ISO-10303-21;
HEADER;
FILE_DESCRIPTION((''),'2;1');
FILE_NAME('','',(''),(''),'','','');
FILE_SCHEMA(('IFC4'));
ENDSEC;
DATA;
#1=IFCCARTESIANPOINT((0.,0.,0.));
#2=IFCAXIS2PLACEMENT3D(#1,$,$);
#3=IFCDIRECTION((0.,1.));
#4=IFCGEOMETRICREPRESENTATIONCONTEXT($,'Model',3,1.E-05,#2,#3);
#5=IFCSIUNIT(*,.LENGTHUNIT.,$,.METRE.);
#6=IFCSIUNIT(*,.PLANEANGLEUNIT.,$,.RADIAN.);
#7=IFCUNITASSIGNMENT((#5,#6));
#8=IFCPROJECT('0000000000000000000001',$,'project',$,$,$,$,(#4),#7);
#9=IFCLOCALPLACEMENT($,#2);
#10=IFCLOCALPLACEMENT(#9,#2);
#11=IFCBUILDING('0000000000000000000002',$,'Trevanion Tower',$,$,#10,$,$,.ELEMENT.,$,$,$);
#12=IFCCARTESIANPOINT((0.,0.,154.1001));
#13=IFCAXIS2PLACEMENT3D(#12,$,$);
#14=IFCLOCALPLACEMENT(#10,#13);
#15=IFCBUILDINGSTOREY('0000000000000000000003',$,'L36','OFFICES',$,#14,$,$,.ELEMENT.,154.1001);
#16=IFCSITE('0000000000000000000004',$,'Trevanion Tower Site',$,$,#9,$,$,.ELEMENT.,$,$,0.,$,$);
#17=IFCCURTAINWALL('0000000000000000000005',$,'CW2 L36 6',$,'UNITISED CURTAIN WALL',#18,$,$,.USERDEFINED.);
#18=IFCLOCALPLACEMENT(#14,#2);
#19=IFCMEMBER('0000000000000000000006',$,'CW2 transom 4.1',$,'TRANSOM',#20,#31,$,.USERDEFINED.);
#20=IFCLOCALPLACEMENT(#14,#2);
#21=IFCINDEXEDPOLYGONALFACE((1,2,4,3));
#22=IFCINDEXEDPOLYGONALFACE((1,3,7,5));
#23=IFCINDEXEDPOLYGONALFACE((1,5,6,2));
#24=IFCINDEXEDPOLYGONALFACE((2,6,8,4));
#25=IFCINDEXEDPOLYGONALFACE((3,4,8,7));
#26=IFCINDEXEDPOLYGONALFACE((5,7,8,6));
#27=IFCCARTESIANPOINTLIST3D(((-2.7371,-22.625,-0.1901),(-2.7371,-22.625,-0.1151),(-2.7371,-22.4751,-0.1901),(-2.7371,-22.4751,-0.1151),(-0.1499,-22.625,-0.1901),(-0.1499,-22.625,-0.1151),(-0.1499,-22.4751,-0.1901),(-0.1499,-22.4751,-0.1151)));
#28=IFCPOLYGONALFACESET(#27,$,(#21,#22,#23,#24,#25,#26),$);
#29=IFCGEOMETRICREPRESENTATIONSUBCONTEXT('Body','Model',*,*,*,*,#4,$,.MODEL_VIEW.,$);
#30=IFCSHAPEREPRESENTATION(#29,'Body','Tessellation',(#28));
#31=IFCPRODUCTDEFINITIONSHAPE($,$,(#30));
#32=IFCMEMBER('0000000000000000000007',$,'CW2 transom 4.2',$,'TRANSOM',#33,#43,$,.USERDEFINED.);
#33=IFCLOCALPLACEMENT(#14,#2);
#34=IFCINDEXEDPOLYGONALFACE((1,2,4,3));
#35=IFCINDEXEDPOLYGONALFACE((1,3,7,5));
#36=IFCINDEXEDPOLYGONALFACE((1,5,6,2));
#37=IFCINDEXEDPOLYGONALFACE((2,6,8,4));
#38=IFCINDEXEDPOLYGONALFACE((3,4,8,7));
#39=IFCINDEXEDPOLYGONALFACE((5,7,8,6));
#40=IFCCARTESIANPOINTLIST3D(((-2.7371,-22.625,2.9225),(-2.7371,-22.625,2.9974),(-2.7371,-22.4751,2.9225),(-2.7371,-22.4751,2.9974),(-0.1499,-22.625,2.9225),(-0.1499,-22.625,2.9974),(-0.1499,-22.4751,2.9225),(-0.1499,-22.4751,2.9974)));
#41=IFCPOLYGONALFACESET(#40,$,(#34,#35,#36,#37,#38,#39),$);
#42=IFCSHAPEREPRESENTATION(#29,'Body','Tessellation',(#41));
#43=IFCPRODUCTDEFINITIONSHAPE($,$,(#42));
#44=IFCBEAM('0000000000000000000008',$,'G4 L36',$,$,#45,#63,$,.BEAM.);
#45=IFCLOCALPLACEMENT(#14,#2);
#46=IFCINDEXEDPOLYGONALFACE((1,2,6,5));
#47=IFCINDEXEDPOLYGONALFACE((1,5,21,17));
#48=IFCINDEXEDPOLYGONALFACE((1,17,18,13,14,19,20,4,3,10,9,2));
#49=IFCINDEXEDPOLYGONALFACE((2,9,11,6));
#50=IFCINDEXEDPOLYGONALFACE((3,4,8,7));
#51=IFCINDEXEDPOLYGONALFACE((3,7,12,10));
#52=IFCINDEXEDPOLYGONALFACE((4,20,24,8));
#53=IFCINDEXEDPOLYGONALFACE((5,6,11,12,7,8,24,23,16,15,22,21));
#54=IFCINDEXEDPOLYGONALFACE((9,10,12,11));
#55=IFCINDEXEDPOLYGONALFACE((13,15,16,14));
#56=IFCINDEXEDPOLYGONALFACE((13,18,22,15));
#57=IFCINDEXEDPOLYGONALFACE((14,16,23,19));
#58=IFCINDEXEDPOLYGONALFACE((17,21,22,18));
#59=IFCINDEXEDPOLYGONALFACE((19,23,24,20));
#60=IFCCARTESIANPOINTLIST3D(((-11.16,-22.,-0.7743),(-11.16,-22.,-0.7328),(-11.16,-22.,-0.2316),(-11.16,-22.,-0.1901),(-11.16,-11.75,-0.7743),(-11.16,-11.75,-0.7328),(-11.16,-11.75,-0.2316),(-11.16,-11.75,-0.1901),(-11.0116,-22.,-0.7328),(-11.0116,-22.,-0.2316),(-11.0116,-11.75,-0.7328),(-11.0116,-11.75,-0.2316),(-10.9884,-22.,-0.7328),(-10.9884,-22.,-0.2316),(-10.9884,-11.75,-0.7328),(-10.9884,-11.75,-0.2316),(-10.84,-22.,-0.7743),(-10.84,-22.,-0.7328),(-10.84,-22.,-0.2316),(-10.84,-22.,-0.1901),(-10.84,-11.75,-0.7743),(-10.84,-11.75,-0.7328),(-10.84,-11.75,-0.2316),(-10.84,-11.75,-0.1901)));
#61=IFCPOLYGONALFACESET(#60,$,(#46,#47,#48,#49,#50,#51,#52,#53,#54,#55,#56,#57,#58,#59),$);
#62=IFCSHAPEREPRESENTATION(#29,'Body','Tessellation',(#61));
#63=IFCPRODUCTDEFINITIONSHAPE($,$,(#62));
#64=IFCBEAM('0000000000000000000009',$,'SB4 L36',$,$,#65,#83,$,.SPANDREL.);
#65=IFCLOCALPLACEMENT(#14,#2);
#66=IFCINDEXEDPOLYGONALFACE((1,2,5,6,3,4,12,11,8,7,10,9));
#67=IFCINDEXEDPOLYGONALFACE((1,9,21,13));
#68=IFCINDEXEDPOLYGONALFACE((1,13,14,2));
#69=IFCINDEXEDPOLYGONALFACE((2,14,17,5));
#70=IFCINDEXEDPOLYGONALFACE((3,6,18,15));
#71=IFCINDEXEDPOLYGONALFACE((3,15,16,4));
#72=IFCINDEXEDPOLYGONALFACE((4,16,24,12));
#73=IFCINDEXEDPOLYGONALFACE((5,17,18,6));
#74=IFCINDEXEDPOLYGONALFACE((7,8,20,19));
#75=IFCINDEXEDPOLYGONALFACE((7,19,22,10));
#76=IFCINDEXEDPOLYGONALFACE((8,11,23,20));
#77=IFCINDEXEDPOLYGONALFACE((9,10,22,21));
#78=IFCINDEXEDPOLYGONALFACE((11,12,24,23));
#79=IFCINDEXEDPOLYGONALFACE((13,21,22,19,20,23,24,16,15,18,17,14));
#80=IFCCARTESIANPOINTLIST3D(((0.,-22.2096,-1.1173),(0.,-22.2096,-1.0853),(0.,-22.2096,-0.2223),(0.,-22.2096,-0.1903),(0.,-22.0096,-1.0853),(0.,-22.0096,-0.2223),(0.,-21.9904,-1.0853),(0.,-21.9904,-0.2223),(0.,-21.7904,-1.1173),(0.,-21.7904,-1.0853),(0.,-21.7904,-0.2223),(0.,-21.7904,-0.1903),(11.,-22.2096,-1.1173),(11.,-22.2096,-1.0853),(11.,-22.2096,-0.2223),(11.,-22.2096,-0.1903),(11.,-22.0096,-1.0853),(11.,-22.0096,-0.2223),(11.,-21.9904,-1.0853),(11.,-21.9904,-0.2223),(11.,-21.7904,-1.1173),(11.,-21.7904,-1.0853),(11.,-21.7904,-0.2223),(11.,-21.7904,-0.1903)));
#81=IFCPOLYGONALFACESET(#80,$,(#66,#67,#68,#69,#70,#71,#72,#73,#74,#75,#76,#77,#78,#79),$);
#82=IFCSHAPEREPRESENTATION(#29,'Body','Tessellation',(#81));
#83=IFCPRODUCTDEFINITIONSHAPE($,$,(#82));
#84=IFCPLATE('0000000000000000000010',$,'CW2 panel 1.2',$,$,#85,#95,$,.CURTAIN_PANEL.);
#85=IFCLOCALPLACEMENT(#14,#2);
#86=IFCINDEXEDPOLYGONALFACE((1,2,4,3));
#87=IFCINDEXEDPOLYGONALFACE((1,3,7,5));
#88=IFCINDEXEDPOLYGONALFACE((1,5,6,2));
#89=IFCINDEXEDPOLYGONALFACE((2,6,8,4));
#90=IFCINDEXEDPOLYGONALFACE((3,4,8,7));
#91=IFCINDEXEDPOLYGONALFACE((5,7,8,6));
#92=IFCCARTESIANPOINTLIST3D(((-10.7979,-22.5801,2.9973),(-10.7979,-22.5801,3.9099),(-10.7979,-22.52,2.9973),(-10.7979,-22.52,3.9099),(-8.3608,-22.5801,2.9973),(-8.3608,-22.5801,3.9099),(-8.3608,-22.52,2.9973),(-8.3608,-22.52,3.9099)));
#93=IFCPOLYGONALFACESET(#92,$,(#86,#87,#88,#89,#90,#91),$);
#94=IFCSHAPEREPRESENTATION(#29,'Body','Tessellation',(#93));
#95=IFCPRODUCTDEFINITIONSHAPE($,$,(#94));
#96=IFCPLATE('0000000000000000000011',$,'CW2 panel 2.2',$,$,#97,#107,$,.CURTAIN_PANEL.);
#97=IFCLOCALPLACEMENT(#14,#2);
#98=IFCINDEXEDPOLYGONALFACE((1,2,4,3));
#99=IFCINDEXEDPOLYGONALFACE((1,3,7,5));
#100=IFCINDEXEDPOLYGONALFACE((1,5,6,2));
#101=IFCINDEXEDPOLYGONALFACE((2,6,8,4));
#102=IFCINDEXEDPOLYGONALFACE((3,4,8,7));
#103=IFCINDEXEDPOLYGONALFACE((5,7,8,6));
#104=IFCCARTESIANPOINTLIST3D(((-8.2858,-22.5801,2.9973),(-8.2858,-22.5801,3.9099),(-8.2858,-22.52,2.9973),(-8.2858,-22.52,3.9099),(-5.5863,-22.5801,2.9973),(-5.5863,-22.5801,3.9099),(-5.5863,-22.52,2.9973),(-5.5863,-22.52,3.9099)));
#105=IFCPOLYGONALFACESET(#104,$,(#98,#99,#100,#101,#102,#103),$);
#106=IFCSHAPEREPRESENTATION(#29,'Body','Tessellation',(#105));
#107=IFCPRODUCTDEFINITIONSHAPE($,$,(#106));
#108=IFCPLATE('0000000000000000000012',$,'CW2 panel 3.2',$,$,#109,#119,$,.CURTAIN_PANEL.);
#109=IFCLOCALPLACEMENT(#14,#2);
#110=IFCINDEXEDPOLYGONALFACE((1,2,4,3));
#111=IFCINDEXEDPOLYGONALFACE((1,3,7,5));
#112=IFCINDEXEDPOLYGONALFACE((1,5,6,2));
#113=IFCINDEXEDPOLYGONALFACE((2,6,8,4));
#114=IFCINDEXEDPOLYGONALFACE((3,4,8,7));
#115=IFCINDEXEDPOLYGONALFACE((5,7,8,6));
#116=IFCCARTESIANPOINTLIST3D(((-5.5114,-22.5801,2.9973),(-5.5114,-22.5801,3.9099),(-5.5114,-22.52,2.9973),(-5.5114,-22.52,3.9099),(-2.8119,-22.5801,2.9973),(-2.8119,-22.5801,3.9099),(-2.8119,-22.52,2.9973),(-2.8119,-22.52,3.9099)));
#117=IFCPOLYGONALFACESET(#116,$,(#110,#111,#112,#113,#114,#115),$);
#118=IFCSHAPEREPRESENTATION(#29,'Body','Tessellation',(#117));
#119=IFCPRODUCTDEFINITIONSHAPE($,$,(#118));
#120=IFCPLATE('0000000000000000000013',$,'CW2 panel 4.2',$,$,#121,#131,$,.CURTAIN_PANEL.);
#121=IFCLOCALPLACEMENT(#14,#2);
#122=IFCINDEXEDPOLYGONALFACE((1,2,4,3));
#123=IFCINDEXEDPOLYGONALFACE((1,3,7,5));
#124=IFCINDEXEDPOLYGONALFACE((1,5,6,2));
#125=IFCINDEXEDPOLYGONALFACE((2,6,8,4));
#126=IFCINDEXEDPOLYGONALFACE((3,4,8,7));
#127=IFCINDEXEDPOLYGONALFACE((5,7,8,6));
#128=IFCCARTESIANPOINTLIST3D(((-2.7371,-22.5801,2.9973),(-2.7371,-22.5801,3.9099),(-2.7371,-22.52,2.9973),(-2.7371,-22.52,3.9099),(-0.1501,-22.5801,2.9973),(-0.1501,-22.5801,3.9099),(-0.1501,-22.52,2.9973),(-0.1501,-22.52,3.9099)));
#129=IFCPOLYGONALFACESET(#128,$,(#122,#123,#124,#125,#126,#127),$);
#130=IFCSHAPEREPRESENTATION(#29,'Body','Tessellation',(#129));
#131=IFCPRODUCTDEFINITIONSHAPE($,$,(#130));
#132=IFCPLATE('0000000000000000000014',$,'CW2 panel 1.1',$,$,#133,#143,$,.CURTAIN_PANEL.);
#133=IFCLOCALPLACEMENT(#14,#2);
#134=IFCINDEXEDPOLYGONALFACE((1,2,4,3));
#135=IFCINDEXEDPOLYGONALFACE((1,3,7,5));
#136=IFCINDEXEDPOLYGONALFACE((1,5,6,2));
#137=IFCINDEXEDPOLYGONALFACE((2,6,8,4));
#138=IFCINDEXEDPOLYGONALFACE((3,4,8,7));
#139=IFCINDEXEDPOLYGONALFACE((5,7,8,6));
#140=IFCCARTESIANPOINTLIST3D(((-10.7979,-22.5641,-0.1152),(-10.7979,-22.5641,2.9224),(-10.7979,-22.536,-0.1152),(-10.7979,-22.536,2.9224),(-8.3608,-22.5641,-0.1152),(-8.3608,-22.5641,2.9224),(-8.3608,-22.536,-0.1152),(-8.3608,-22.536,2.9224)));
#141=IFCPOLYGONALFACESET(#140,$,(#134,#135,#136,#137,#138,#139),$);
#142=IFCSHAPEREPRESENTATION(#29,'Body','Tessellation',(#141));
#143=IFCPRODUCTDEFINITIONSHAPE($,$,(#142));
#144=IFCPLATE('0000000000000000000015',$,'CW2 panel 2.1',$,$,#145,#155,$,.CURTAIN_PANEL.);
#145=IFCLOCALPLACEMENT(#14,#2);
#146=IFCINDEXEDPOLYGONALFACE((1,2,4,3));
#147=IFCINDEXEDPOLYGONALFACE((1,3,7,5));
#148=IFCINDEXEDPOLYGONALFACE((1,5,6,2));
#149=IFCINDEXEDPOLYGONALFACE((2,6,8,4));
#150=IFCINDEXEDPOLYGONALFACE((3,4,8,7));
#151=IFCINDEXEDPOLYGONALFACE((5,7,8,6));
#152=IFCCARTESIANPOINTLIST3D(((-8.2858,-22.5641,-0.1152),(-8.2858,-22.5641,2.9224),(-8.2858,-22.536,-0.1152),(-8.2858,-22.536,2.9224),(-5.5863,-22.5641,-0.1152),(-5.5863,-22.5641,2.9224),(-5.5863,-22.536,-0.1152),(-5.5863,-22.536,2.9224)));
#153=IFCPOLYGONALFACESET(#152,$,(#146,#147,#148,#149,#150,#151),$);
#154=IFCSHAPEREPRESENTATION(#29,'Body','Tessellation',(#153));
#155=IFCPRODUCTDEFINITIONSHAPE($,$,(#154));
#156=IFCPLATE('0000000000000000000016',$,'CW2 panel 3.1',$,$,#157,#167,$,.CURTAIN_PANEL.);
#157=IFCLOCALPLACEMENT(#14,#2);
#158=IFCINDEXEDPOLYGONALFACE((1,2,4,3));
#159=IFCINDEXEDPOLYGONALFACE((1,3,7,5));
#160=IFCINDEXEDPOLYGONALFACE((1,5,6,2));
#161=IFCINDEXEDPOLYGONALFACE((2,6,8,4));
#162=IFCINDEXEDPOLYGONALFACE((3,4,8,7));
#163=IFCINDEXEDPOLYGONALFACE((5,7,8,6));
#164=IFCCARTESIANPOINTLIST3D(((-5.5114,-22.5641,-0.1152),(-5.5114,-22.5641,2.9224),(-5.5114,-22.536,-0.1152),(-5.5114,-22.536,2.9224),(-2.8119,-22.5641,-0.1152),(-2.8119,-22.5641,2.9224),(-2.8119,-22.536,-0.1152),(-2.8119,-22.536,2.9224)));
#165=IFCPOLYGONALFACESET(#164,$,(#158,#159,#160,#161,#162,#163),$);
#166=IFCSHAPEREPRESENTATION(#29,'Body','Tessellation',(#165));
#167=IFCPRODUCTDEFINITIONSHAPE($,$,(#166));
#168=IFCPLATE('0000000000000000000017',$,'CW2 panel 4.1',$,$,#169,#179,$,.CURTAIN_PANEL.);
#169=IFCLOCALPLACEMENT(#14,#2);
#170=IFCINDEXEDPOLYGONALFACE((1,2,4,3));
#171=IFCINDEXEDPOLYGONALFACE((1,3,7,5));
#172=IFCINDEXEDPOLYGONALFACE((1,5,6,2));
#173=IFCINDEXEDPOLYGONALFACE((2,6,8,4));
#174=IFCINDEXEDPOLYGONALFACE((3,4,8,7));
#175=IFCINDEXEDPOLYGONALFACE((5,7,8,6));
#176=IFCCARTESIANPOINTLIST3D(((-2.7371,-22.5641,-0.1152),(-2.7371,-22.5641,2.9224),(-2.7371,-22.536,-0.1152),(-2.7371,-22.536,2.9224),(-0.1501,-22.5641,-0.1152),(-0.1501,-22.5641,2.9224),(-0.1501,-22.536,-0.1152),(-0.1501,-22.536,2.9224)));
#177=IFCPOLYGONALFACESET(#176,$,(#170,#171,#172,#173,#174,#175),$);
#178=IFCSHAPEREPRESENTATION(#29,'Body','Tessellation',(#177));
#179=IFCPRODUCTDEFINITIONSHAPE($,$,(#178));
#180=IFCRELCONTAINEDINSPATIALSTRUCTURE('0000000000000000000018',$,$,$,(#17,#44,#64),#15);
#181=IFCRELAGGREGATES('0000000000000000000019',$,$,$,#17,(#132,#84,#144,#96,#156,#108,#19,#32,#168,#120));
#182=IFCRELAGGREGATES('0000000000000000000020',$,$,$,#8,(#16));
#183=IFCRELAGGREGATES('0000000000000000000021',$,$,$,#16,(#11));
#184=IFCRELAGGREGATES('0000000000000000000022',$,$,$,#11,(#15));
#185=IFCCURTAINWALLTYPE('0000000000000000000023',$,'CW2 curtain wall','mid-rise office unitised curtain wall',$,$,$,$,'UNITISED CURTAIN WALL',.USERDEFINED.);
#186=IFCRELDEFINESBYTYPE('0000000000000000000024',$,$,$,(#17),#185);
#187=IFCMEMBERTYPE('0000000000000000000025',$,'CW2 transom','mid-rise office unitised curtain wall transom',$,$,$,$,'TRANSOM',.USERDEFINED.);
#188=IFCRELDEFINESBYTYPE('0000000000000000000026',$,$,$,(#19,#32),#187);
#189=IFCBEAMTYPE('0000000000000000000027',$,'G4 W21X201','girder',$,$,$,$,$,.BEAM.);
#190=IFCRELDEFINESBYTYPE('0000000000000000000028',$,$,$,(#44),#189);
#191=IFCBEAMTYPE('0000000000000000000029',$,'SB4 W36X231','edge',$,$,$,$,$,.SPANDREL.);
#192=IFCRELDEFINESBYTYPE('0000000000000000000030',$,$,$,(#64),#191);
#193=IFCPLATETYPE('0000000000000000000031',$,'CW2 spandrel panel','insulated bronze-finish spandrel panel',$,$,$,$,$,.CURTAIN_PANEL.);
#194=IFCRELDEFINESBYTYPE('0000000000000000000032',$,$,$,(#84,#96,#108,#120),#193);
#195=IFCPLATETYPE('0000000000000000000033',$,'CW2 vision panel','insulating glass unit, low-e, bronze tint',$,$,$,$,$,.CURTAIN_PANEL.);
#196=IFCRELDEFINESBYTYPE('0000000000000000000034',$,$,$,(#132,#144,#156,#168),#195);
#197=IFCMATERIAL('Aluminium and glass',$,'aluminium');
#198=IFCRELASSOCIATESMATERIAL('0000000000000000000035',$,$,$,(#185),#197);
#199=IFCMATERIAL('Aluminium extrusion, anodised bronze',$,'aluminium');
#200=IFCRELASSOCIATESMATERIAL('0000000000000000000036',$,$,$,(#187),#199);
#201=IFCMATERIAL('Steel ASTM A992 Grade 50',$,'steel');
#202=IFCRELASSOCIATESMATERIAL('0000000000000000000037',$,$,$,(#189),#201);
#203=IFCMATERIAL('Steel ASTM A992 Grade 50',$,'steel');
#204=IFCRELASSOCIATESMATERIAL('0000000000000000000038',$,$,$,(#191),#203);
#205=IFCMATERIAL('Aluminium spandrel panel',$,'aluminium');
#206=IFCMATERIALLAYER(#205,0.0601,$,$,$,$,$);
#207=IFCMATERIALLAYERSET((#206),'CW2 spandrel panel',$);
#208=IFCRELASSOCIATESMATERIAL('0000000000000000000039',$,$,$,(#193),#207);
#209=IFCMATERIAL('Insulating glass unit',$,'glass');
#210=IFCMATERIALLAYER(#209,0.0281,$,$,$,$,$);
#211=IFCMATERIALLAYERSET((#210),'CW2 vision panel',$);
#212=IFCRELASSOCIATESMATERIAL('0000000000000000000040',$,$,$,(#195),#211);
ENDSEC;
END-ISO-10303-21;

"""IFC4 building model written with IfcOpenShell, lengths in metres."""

from ifc_helpers import new_model, si_unit, direction, frame, origin, origin_2d, place, context, subcontext, project, spatial, rectangle, i_section, extrude, material, layer, layer_set, material_profile, profile_set, type_object, element, aggregate, save


model = new_model("IFC4")

# Units and contexts
model_context = context("Model", 3, precision=1e-05, world=origin(), true_north=direction((0.0, 1.0)))
body_context = subcontext(model_context, "Body", "Model", "MODEL_VIEW")
ifc_project = project(units=[si_unit("LENGTHUNIT", "METRE"), si_unit("PLANEANGLEUNIT", "RADIAN")], contexts=[model_context])

# Site, building, storey
site_placement = place(None, origin())
site = spatial("IfcSite", under=ifc_project, at=site_placement, Name="Trevanion Tower Site", CompositionType="ELEMENT", RefElevation=0.0)
building_placement = place(site_placement, origin())
building = spatial("IfcBuilding", under=site, at=building_placement, Name="Trevanion Tower", CompositionType="ELEMENT")
storey_placement = place(building_placement, frame((0.0, 0.0, 154.1001)))
storey = spatial("IfcBuildingStorey", under=building, at=storey_placement, Name="L36", Description="OFFICES", CompositionType="ELEMENT", Elevation=154.1001)

# Curtain wall, members
ifc_material_1 = material(Name="Aluminium and glass", Category="aluminium")
curtain_wall_type = type_object("IfcCurtainWallType", Name="CW2 curtain wall", Description="mid-rise office unitised curtain wall", ElementType="UNITISED CURTAIN WALL", PredefinedType="USERDEFINED", material=ifc_material_1)
curtain_wall_placement = place(storey_placement, origin())
curtain_wall = element("IfcCurtainWall", 1, at=curtain_wall_placement, inside=storey, type_object=curtain_wall_type, Name="CW2 L36 6", ObjectType="UNITISED CURTAIN WALL", PredefinedType="USERDEFINED")
ifc_material_2 = material(Name="Aluminium extrusion, anodised bronze", Category="aluminium")
ifc_material_profile_1 = material_profile(ifc_material_2, rectangle(XDim=0.1499, YDim=0.075, at=origin_2d()), Name="CW2 transom")
ifc_profile_set_1 = profile_set([ifc_material_profile_1], Name="Aluminium extrusion, anodised bronze")
member_type_1 = type_object("IfcMemberType", Name="CW2 transom", Description="mid-rise office unitised curtain wall transom", ElementType="TRANSOM", PredefinedType="USERDEFINED", material=ifc_profile_set_1)
member_1_placement = place(storey_placement, frame((-2.7371, -22.55, -0.1526), z_axis=(1.0, 0.0, 0.0), x_axis=(0.0, 1.0, 0.0)))
member_1 = element("IfcMember", 2, at=member_1_placement, type_object=member_type_1, Name="CW2 transom 4.1", ObjectType="TRANSOM", PredefinedType="USERDEFINED", context=body_context, shape_type="SweptSolid", body=[
    extrude(rectangle(XDim=0.1499, YDim=0.075, at=origin_2d()), origin(), (0.0, 0.0, 1.0), 2.5872),
])
member_2_placement = place(storey_placement, frame((-2.7371, -22.55, 2.96), z_axis=(1.0, 0.0, 0.0), x_axis=(0.0, 1.0, 0.0)))
member_2 = element("IfcMember", 3, at=member_2_placement, type_object=member_type_1, Name="CW2 transom 4.2", ObjectType="TRANSOM", PredefinedType="USERDEFINED", context=body_context, shape_type="SweptSolid", body=[
    extrude(rectangle(XDim=0.1499, YDim=0.075, at=origin_2d()), origin(), (0.0, 0.0, 1.0), 2.5872),
])

# Beams
ifc_material_3 = material(Name="Steel ASTM A992 Grade 50", Category="steel")
ifc_material_profile_2 = material_profile(ifc_material_3, i_section(OverallWidth=0.3201, OverallDepth=0.5842, WebThickness=0.0232, FlangeThickness=0.0415, at=origin_2d()), Name="W21X201")
ifc_profile_set_2 = profile_set([ifc_material_profile_2], Name="Steel ASTM A992 Grade 50")
beam_type_1 = type_object("IfcBeamType", Name="G4 W21X201", Description="girder", PredefinedType="BEAM", material=ifc_profile_set_2)
beam_1_placement = place(storey_placement, frame((-11.0, -11.75, -0.4822), z_axis=(0.0, -1.0, 0.0), x_axis=(1.0, 0.0, 0.0)))
element("IfcBeam", 4, at=beam_1_placement, inside=storey, type_object=beam_type_1, Name="G4 L36", PredefinedType="BEAM", context=body_context, shape_type="SweptSolid", body=[
    extrude(i_section(OverallWidth=0.3201, OverallDepth=0.5842, WebThickness=0.0232, FlangeThickness=0.0415, at=origin_2d()), origin(), (0.0, 0.0, 1.0), 10.25),
])
ifc_material_4 = material(Name="Steel ASTM A992 Grade 50", Category="steel")
ifc_material_profile_3 = material_profile(ifc_material_4, i_section(OverallWidth=0.4192, OverallDepth=0.927, WebThickness=0.0193, FlangeThickness=0.032, at=origin_2d()), Name="W36X231")
ifc_profile_set_3 = profile_set([ifc_material_profile_3], Name="Steel ASTM A992 Grade 50")
beam_type_2 = type_object("IfcBeamType", Name="SB4 W36X231", Description="edge", PredefinedType="SPANDREL", material=ifc_profile_set_3)
beam_2_placement = place(storey_placement, frame((0.0, -22.0, -0.6538), z_axis=(1.0, 0.0, 0.0), x_axis=(0.0, 1.0, 0.0)))
element("IfcBeam", 5, at=beam_2_placement, inside=storey, type_object=beam_type_2, Name="SB4 L36", PredefinedType="SPANDREL", context=body_context, shape_type="SweptSolid", body=[
    extrude(i_section(OverallWidth=0.4192, OverallDepth=0.927, WebThickness=0.0193, FlangeThickness=0.032, at=origin_2d()), origin(), (0.0, 0.0, 1.0), 11.0),
])

# Plates
ifc_material_5 = material(Name="Aluminium spandrel panel", Category="aluminium")
ifc_layer_1 = layer(ifc_material_5, 0.0601)
ifc_layer_set_1 = layer_set([ifc_layer_1], Name="CW2 spandrel panel")
plate_type_1 = type_object("IfcPlateType", Name="CW2 spandrel panel", Description="insulated bronze-finish spandrel panel", PredefinedType="CURTAIN_PANEL", material=ifc_layer_set_1)
plate_1_placement = place(storey_placement, frame((-9.5793, -22.55, 2.9973), z_axis=(0.0, 0.0, 1.0), x_axis=(1.0, 0.0, 0.0)))
plate_1 = element("IfcPlate", 6, at=plate_1_placement, type_object=plate_type_1, Name="CW2 panel 1.2", PredefinedType="CURTAIN_PANEL", context=body_context, shape_type="SweptSolid", body=[
    extrude(rectangle(XDim=2.437, YDim=0.0601, at=origin_2d()), origin(), (0.0, 0.0, 1.0), 0.9126),
])
plate_2_placement = place(storey_placement, frame((-6.936, -22.55, 2.9973), z_axis=(0.0, 0.0, 1.0), x_axis=(1.0, 0.0, 0.0)))
plate_2 = element("IfcPlate", 7, at=plate_2_placement, type_object=plate_type_1, Name="CW2 panel 2.2", PredefinedType="CURTAIN_PANEL", context=body_context, shape_type="SweptSolid", body=[
    extrude(rectangle(XDim=2.6995, YDim=0.0601, at=origin_2d()), origin(), (0.0, 0.0, 1.0), 0.9126),
])
plate_3_placement = place(storey_placement, frame((-4.1616, -22.55, 2.9973), z_axis=(0.0, 0.0, 1.0), x_axis=(1.0, 0.0, 0.0)))
plate_3 = element("IfcPlate", 8, at=plate_3_placement, type_object=plate_type_1, Name="CW2 panel 3.2", PredefinedType="CURTAIN_PANEL", context=body_context, shape_type="SweptSolid", body=[
    extrude(rectangle(XDim=2.6995, YDim=0.0601, at=origin_2d()), origin(), (0.0, 0.0, 1.0), 0.9126),
])
plate_4_placement = place(storey_placement, frame((-1.4436, -22.55, 2.9973), z_axis=(0.0, 0.0, 1.0), x_axis=(1.0, 0.0, 0.0)))
plate_4 = element("IfcPlate", 9, at=plate_4_placement, type_object=plate_type_1, Name="CW2 panel 4.2", PredefinedType="CURTAIN_PANEL", context=body_context, shape_type="SweptSolid", body=[
    extrude(rectangle(XDim=2.5869, YDim=0.0601, at=origin_2d()), origin(), (0.0, 0.0, 1.0), 0.9126),
])
ifc_material_6 = material(Name="Insulating glass unit", Category="glass")
ifc_layer_2 = layer(ifc_material_6, 0.0281)
ifc_layer_set_2 = layer_set([ifc_layer_2], Name="CW2 vision panel")
plate_type_2 = type_object("IfcPlateType", Name="CW2 vision panel", Description="insulating glass unit, low-e, bronze tint", PredefinedType="CURTAIN_PANEL", material=ifc_layer_set_2)
plate_5_placement = place(storey_placement, frame((-9.5793, -22.55, -0.1152), z_axis=(0.0, 0.0, 1.0), x_axis=(1.0, 0.0, 0.0)))
plate_5 = element("IfcPlate", 10, at=plate_5_placement, type_object=plate_type_2, Name="CW2 panel 1.1", PredefinedType="CURTAIN_PANEL", context=body_context, shape_type="SweptSolid", body=[
    extrude(rectangle(XDim=2.437, YDim=0.0281, at=origin_2d()), origin(), (0.0, 0.0, 1.0), 3.0376),
])
plate_6_placement = place(storey_placement, frame((-6.936, -22.55, -0.1152), z_axis=(0.0, 0.0, 1.0), x_axis=(1.0, 0.0, 0.0)))
plate_6 = element("IfcPlate", 11, at=plate_6_placement, type_object=plate_type_2, Name="CW2 panel 2.1", PredefinedType="CURTAIN_PANEL", context=body_context, shape_type="SweptSolid", body=[
    extrude(rectangle(XDim=2.6995, YDim=0.0281, at=origin_2d()), origin(), (0.0, 0.0, 1.0), 3.0376),
])
plate_7_placement = place(storey_placement, frame((-4.1616, -22.55, -0.1152), z_axis=(0.0, 0.0, 1.0), x_axis=(1.0, 0.0, 0.0)))
plate_7 = element("IfcPlate", 12, at=plate_7_placement, type_object=plate_type_2, Name="CW2 panel 3.1", PredefinedType="CURTAIN_PANEL", context=body_context, shape_type="SweptSolid", body=[
    extrude(rectangle(XDim=2.6995, YDim=0.0281, at=origin_2d()), origin(), (0.0, 0.0, 1.0), 3.0376),
])
plate_8_placement = place(storey_placement, frame((-1.4436, -22.55, -0.1152), z_axis=(0.0, 0.0, 1.0), x_axis=(1.0, 0.0, 0.0)))
plate_8 = element("IfcPlate", 13, at=plate_8_placement, type_object=plate_type_2, Name="CW2 panel 4.1", PredefinedType="CURTAIN_PANEL", context=body_context, shape_type="SweptSolid", body=[
    extrude(rectangle(XDim=2.5869, YDim=0.0281, at=origin_2d()), origin(), (0.0, 0.0, 1.0), 3.0376),
])
aggregate(curtain_wall, [plate_5, plate_1, plate_6, plate_2, plate_7, plate_3, member_1, member_2, plate_8, plate_4])

save(model, "model.ifc")
